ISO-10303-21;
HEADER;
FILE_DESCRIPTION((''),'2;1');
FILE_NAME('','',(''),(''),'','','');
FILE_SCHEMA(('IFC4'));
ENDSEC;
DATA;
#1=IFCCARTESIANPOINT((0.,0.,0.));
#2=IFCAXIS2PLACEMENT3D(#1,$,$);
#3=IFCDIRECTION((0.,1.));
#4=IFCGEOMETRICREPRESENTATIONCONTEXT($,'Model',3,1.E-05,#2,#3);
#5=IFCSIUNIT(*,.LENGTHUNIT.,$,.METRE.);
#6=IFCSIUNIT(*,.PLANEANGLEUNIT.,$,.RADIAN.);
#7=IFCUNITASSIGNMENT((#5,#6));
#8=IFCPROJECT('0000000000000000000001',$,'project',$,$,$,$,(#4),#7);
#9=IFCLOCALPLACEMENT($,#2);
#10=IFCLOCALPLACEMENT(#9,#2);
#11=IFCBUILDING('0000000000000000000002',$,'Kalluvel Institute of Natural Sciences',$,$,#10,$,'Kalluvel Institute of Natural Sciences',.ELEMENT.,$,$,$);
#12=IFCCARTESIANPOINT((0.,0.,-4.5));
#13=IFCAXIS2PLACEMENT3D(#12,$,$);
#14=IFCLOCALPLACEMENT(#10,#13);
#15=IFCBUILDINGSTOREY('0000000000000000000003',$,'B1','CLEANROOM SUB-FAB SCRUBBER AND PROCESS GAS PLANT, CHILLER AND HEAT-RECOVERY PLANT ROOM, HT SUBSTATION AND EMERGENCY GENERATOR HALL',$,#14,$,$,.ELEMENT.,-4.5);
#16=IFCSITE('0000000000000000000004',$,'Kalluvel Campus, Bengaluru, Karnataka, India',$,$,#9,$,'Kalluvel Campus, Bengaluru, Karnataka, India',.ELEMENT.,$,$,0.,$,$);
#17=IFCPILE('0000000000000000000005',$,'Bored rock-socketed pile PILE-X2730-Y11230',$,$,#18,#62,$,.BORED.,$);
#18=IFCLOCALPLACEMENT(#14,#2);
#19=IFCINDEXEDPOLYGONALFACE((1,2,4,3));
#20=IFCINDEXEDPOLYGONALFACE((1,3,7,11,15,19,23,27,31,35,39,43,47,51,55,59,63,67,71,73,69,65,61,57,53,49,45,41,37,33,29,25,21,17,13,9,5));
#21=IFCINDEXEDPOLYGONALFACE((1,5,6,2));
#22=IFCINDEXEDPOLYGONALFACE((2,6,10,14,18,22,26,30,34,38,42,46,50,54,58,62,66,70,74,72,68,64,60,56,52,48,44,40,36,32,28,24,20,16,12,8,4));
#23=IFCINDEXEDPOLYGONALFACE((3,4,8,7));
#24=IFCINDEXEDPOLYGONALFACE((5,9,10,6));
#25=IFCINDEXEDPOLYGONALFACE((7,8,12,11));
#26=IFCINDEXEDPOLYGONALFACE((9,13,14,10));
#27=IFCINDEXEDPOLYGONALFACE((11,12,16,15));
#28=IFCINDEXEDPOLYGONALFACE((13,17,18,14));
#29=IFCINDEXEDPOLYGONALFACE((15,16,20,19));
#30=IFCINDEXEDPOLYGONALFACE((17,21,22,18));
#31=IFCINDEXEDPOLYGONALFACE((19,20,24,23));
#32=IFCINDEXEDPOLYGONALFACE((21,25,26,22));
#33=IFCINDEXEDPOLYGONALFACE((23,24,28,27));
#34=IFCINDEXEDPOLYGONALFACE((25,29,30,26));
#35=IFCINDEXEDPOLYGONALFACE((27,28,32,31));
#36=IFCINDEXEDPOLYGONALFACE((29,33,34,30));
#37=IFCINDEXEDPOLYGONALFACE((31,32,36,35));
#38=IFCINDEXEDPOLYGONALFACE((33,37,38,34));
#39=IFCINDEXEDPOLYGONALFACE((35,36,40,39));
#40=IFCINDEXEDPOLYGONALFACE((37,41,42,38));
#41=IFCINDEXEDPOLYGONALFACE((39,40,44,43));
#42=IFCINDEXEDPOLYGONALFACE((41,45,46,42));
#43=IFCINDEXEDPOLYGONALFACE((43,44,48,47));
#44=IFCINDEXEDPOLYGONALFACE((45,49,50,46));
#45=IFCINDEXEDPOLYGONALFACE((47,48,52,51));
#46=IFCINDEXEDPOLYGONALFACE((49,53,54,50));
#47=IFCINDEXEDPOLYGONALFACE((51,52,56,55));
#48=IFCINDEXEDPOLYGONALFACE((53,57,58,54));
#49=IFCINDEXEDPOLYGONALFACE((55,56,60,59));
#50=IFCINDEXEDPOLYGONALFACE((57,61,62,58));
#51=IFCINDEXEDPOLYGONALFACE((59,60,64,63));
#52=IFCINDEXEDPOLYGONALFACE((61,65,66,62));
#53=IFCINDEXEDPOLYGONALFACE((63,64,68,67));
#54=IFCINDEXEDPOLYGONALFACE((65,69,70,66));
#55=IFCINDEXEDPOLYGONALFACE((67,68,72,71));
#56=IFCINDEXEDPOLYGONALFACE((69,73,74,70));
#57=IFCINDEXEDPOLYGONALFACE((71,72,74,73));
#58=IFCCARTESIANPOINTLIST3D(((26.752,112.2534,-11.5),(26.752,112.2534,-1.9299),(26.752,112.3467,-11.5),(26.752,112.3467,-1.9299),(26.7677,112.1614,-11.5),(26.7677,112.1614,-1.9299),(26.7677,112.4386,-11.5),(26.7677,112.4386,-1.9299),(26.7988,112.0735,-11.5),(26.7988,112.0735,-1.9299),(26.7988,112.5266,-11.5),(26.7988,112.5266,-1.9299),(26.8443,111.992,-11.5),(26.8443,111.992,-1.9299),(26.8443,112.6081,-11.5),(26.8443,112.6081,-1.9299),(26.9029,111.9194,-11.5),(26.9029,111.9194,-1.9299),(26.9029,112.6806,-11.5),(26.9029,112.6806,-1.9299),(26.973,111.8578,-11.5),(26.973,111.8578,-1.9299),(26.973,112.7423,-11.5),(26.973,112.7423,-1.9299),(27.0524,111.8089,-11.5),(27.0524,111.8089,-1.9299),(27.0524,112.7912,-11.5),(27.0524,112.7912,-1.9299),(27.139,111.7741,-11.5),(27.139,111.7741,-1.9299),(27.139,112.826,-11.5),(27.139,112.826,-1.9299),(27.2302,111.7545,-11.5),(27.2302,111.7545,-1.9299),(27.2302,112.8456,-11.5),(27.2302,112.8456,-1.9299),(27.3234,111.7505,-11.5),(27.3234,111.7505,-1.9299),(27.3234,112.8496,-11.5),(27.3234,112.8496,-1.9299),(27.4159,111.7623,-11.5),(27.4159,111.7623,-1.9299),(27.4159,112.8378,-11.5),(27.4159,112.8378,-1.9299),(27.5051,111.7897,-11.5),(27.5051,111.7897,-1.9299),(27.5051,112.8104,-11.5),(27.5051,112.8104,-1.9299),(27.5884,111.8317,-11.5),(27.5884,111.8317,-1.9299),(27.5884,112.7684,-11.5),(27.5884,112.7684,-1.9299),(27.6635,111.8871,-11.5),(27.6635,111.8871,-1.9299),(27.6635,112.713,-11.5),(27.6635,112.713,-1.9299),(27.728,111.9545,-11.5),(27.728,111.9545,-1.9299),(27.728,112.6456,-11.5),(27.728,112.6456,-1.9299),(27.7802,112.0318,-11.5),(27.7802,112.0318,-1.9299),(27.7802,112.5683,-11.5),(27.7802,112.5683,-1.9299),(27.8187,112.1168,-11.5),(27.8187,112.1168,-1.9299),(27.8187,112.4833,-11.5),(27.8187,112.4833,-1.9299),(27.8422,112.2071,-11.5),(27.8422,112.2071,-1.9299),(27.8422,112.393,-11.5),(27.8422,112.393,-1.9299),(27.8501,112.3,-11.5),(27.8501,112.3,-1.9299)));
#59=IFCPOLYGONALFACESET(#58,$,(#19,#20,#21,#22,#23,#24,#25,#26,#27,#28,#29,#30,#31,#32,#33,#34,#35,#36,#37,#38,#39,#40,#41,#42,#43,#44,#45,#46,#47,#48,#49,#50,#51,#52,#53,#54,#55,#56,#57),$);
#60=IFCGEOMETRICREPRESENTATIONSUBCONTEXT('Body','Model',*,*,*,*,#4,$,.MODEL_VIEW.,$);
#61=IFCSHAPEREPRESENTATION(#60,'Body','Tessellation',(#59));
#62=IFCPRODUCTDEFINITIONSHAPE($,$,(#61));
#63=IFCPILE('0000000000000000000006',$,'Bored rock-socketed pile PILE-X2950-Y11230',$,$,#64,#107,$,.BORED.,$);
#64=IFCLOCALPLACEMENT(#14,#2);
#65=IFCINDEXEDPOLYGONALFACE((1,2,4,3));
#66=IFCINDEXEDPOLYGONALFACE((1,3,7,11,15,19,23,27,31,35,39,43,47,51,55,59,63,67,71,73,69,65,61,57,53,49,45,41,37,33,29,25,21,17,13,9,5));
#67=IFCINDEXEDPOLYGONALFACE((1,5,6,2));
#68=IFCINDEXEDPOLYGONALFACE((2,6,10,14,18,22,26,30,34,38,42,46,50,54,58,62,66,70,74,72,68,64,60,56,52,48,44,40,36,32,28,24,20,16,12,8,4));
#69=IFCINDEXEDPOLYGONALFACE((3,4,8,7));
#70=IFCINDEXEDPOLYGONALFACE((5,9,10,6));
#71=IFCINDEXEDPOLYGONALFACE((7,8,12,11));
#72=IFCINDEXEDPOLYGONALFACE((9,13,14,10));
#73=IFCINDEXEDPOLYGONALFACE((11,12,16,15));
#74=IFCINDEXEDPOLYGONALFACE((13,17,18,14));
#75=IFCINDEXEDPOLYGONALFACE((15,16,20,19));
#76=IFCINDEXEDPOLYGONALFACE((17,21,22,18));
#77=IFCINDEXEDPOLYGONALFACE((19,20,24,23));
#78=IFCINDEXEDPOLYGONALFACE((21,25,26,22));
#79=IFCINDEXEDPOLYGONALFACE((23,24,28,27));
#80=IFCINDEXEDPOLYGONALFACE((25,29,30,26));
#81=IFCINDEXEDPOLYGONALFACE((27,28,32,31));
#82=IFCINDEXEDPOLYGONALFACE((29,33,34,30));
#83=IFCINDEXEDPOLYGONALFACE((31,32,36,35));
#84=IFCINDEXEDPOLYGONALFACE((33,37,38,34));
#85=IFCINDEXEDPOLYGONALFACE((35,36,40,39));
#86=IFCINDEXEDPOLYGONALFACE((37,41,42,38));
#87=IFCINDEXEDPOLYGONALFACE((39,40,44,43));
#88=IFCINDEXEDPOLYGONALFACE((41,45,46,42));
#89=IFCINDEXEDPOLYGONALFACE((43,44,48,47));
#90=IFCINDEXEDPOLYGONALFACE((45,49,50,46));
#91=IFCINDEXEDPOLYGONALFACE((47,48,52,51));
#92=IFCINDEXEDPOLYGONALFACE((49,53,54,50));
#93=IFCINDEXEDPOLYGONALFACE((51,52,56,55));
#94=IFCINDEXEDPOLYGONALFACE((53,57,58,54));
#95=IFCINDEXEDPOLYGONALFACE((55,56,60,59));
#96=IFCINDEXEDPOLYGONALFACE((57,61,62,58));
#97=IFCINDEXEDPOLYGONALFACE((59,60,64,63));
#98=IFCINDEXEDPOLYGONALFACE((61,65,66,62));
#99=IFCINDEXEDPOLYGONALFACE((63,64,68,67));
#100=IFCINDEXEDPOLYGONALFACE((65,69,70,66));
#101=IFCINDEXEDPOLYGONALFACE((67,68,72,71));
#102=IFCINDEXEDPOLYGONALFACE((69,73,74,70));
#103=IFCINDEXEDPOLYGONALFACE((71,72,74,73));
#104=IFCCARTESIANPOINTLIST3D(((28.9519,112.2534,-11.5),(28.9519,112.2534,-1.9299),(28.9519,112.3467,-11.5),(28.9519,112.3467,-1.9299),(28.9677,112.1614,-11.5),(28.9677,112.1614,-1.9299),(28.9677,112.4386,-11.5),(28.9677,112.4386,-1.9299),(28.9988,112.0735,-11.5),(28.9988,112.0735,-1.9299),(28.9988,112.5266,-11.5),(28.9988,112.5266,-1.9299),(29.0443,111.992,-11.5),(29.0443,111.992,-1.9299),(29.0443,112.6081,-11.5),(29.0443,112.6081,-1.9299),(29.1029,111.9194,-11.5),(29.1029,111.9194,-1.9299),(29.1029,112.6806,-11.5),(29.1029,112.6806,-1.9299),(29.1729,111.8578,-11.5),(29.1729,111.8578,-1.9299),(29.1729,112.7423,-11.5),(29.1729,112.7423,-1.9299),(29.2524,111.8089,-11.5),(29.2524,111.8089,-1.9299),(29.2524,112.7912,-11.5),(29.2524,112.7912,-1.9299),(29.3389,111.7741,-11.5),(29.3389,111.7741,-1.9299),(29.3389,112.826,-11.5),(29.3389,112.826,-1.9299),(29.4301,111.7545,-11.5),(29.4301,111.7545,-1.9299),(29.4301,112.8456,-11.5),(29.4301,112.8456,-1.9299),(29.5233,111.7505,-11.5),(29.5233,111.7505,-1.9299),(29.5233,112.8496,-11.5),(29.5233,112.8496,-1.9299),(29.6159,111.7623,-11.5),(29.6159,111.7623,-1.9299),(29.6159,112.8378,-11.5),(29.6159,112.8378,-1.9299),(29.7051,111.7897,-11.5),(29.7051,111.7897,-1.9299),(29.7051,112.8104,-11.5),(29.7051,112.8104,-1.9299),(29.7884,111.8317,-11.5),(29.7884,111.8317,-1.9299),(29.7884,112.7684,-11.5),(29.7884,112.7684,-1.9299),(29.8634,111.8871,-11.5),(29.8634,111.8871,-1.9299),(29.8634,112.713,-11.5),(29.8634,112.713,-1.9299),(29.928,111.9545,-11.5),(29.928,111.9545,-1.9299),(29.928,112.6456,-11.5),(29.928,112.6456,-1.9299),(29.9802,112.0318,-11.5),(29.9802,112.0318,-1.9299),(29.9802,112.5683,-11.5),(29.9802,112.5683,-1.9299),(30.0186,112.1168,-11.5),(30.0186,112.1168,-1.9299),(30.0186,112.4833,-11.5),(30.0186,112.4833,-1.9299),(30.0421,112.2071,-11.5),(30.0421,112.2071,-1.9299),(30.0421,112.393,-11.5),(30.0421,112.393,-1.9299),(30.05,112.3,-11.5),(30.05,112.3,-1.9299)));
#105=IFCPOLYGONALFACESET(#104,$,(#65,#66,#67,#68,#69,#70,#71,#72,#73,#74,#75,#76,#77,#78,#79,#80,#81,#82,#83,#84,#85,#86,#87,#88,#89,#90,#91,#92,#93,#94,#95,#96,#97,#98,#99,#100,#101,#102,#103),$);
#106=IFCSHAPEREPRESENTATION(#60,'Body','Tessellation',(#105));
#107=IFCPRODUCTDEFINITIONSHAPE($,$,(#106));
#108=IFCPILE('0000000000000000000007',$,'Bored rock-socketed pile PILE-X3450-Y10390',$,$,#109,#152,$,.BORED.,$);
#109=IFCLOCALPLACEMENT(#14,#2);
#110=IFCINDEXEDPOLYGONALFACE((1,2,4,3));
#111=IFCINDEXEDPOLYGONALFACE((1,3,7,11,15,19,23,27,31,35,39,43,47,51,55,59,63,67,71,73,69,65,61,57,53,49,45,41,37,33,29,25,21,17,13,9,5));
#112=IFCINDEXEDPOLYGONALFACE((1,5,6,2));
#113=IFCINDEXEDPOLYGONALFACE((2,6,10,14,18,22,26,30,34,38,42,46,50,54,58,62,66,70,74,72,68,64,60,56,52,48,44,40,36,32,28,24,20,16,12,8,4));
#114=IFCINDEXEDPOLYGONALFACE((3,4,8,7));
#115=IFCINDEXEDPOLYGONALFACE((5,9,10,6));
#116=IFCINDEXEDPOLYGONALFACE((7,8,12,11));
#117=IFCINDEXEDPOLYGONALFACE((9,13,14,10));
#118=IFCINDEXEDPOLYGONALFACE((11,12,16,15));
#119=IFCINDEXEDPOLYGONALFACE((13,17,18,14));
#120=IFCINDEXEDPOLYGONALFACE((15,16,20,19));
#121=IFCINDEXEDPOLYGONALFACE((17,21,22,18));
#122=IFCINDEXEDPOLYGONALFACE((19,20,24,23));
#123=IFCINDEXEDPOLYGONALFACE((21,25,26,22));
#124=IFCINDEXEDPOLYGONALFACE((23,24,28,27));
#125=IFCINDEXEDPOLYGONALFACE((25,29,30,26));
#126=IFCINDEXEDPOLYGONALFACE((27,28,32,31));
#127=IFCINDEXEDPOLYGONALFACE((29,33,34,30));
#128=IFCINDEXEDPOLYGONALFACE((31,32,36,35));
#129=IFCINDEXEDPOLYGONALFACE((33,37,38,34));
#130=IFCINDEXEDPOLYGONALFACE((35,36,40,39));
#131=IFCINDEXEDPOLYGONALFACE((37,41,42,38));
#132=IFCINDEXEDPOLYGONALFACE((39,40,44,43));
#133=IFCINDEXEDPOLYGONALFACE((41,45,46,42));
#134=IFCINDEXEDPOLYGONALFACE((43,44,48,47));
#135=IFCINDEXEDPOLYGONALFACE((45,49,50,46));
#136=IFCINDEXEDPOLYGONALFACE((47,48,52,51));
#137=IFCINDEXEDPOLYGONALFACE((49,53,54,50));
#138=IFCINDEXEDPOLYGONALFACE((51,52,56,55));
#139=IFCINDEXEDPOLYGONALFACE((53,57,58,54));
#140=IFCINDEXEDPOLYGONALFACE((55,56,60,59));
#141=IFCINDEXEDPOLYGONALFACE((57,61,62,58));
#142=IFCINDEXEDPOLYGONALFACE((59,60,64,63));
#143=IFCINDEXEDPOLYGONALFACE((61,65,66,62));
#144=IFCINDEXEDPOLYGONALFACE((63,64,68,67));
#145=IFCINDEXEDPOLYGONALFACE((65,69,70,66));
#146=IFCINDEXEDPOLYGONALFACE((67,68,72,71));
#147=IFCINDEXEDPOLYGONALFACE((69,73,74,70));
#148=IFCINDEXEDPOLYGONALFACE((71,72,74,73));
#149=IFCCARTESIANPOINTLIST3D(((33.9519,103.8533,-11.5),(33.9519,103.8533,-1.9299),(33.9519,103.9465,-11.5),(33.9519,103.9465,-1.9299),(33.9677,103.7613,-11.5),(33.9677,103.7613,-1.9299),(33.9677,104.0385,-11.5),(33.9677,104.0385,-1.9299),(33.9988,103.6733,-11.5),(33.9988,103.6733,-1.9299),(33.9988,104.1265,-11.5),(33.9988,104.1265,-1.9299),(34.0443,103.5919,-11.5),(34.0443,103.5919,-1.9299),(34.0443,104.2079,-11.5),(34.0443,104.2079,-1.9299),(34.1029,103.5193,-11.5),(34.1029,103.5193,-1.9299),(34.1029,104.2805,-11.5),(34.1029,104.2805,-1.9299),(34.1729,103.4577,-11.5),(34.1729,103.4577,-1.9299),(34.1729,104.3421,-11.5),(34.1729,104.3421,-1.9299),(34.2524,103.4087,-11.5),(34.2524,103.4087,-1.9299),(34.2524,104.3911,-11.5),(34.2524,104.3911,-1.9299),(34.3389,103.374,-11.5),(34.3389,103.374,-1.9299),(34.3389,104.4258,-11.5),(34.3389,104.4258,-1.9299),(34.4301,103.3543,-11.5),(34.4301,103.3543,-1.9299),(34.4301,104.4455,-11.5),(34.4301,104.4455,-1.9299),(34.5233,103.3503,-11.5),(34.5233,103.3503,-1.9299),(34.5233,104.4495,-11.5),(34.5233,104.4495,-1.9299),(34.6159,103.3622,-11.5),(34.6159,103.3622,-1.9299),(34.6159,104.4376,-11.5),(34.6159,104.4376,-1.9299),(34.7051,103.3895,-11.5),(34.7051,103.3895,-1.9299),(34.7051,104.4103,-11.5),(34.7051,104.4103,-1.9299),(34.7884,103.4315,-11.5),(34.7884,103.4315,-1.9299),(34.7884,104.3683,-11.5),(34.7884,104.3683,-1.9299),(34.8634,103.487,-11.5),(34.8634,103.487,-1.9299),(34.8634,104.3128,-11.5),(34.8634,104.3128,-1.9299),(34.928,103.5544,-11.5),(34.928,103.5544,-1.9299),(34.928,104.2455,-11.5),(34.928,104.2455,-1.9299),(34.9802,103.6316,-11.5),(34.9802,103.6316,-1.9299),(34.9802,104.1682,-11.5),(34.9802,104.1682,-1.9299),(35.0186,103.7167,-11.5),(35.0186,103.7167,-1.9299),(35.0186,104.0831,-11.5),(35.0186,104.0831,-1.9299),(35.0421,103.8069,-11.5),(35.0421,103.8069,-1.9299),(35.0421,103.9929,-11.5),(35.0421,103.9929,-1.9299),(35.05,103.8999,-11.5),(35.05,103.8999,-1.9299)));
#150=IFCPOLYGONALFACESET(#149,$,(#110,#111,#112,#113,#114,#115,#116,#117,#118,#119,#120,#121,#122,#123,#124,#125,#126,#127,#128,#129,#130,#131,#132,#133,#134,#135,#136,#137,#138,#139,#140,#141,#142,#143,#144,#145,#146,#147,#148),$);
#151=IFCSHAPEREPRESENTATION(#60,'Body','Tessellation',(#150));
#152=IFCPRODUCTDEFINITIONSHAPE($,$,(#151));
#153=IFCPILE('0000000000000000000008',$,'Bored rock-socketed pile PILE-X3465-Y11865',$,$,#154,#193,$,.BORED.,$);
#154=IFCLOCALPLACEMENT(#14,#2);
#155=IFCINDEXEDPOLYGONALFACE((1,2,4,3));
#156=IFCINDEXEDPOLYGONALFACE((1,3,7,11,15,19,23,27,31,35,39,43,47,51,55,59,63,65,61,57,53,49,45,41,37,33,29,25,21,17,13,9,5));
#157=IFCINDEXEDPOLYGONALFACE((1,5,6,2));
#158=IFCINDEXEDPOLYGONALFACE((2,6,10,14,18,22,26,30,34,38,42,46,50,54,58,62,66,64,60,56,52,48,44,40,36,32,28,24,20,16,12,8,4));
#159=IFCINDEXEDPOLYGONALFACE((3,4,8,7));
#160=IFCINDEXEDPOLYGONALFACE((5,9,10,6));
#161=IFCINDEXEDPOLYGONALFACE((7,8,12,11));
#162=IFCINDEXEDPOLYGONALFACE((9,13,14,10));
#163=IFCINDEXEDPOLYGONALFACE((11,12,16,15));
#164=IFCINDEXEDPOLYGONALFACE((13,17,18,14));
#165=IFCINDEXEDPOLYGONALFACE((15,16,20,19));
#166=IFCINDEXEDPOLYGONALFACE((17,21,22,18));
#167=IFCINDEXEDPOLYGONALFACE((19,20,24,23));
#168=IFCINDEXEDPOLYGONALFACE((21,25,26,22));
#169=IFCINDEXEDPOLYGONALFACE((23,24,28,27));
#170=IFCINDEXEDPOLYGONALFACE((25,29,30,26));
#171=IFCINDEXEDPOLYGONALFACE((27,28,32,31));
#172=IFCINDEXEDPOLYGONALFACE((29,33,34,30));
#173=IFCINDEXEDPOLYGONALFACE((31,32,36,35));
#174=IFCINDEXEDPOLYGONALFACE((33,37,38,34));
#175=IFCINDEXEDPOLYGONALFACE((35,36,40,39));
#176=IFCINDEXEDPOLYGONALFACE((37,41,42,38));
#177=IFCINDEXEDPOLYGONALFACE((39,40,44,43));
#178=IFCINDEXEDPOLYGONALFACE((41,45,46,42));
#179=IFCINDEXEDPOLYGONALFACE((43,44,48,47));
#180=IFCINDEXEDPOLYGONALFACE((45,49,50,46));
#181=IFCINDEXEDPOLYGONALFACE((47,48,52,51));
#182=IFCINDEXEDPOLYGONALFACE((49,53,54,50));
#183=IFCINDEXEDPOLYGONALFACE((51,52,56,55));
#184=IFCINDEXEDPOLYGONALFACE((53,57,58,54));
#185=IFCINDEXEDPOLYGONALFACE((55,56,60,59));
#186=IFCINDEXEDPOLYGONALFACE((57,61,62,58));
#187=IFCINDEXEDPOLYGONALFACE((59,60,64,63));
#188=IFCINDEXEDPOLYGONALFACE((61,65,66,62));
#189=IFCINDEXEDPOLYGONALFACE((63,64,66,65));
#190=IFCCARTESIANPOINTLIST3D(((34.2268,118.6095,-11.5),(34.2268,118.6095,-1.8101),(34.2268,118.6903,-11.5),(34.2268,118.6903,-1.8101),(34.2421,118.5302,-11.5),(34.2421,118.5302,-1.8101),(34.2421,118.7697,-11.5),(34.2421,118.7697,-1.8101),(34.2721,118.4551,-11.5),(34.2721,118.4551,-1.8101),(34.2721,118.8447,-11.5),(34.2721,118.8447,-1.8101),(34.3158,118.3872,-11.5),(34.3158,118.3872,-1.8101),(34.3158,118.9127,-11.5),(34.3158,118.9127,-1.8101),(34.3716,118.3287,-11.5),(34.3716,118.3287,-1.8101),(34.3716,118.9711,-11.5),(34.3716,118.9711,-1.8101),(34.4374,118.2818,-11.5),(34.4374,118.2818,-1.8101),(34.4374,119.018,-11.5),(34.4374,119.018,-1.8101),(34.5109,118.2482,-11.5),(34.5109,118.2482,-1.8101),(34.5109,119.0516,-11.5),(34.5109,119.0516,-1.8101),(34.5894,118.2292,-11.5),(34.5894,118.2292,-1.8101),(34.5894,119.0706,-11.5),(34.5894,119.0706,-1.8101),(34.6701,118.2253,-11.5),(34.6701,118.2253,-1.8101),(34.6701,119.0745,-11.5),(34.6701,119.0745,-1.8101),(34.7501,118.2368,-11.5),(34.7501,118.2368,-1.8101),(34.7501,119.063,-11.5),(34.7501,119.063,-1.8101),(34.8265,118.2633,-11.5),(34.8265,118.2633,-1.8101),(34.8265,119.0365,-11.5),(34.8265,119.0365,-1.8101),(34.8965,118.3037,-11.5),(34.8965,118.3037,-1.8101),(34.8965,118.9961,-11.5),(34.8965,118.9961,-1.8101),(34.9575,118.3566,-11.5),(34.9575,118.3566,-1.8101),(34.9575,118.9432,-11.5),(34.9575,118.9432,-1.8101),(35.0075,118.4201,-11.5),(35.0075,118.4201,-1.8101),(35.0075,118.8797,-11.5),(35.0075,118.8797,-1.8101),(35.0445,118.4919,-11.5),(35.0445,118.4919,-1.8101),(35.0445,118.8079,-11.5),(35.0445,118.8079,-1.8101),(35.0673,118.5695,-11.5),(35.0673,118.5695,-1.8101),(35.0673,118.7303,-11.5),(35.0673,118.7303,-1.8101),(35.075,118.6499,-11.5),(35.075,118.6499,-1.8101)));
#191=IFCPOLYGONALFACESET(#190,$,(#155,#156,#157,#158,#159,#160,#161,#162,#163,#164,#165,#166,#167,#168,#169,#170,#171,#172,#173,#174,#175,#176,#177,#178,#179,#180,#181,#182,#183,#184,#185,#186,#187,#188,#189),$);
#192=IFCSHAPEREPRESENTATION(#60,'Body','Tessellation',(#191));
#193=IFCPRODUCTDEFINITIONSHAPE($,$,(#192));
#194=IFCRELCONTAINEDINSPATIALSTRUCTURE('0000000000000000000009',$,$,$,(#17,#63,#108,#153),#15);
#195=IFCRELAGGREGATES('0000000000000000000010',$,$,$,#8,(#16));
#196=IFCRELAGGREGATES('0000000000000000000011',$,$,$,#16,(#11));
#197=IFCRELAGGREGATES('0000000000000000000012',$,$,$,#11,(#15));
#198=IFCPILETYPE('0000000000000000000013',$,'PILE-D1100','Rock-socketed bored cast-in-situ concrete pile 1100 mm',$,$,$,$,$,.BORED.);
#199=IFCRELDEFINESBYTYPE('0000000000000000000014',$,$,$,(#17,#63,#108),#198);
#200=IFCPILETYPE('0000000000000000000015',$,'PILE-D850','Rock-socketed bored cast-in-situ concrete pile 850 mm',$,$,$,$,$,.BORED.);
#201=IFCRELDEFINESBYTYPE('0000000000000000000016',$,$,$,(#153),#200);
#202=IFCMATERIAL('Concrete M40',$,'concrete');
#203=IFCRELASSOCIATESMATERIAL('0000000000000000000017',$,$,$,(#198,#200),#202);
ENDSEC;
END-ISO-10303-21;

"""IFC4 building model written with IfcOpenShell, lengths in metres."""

from ifc_helpers import new_model, si_unit, direction, frame, origin, origin_2d, place, context, subcontext, project, spatial, circle, extrude, material, material_profile, profile_set, type_object, element, save


model = new_model("IFC4")

# Units and contexts
model_context = context("Model", 3, precision=1e-05, world=origin(), true_north=direction((0.0, 1.0)))
body_context = subcontext(model_context, "Body", "Model", "MODEL_VIEW")
ifc_project = project(units=[si_unit("LENGTHUNIT", "METRE"), si_unit("PLANEANGLEUNIT", "RADIAN")], contexts=[model_context])

# Site, building, storey
site_placement = place(None, origin())
site = spatial("IfcSite", under=ifc_project, at=site_placement, Name="Kalluvel Campus, Bengaluru, Karnataka, India", LongName="Kalluvel Campus, Bengaluru, Karnataka, India", CompositionType="ELEMENT", RefElevation=0.0)
building_placement = place(site_placement, origin())
building = spatial("IfcBuilding", under=site, at=building_placement, Name="Kalluvel Institute of Natural Sciences", LongName="Kalluvel Institute of Natural Sciences", CompositionType="ELEMENT")
storey_placement = place(building_placement, frame((0.0, 0.0, -4.5)))
storey = spatial("IfcBuildingStorey", under=building, at=storey_placement, Name="B1", Description="CLEANROOM SUB-FAB SCRUBBER AND PROCESS GAS PLANT, CHILLER AND HEAT-RECOVERY PLANT ROOM, HT SUBSTATION AND EMERGENCY GENERATOR HALL", CompositionType="ELEMENT", Elevation=-4.5)

# Shared definitions
ifc_material_1 = material(Name="Concrete M40", Category="concrete")

# Piles
ifc_material_profile_1 = material_profile(ifc_material_1, circle(Radius=0.55, at=origin_2d()), Name="PILE D1100")
ifc_profile_set_1 = profile_set([ifc_material_profile_1], Name="Concrete M40")
pile_type_1 = type_object("IfcPileType", Name="PILE-D1100", Description="Rock-socketed bored cast-in-situ concrete pile 1100 mm", PredefinedType="BORED", material=ifc_profile_set_1)
for number, where, z_axis, x_axis, name in (
    (1, (27.3, 112.3, -1.9299), (0.0, 0.0, -1.0), (1.0, 0.0, 0.0), "Bored rock-socketed pile PILE-X2730-Y11230"),
    (2, (29.5, 112.3, -1.9299), (0.0, 0.0, -1.0), (1.0, 0.0, 0.0), "Bored rock-socketed pile PILE-X2950-Y11230"),
    (3, (34.5, 103.8999, -1.9299), (0.0, 0.0, -1.0), (1.0, 0.0, 0.0), "Bored rock-socketed pile PILE-X3450-Y10390"),
):
    element("IfcPile", number, at=place(storey_placement, frame(where, z_axis=z_axis, x_axis=x_axis)), inside=storey, type_object=pile_type_1, Name=name, PredefinedType="BORED", context=body_context, shape_type="SweptSolid", body=[
        extrude(circle(Radius=0.55, at=origin_2d()), origin(), (0.0, 0.0, 1.0), 9.5701),
    ])
ifc_material_profile_2 = material_profile(ifc_material_1, circle(Radius=0.425, at=origin_2d()), Name="PILE D850")
ifc_profile_set_2 = profile_set([ifc_material_profile_2], Name="Concrete M40")
pile_type_2 = type_object("IfcPileType", Name="PILE-D850", Description="Rock-socketed bored cast-in-situ concrete pile 850 mm", PredefinedType="BORED", material=ifc_profile_set_2)
pile_placement = place(storey_placement, frame((34.6499, 118.6499, -1.8101), z_axis=(0.0, 0.0, -1.0), x_axis=(1.0, 0.0, 0.0)))
element("IfcPile", 4, at=pile_placement, inside=storey, type_object=pile_type_2, Name="Bored rock-socketed pile PILE-X3465-Y11865", PredefinedType="BORED", context=body_context, shape_type="SweptSolid", body=[
    extrude(circle(Radius=0.425, at=origin_2d()), origin(), (0.0, 0.0, 1.0), 9.6899),
])

save(model, "model.ifc")
